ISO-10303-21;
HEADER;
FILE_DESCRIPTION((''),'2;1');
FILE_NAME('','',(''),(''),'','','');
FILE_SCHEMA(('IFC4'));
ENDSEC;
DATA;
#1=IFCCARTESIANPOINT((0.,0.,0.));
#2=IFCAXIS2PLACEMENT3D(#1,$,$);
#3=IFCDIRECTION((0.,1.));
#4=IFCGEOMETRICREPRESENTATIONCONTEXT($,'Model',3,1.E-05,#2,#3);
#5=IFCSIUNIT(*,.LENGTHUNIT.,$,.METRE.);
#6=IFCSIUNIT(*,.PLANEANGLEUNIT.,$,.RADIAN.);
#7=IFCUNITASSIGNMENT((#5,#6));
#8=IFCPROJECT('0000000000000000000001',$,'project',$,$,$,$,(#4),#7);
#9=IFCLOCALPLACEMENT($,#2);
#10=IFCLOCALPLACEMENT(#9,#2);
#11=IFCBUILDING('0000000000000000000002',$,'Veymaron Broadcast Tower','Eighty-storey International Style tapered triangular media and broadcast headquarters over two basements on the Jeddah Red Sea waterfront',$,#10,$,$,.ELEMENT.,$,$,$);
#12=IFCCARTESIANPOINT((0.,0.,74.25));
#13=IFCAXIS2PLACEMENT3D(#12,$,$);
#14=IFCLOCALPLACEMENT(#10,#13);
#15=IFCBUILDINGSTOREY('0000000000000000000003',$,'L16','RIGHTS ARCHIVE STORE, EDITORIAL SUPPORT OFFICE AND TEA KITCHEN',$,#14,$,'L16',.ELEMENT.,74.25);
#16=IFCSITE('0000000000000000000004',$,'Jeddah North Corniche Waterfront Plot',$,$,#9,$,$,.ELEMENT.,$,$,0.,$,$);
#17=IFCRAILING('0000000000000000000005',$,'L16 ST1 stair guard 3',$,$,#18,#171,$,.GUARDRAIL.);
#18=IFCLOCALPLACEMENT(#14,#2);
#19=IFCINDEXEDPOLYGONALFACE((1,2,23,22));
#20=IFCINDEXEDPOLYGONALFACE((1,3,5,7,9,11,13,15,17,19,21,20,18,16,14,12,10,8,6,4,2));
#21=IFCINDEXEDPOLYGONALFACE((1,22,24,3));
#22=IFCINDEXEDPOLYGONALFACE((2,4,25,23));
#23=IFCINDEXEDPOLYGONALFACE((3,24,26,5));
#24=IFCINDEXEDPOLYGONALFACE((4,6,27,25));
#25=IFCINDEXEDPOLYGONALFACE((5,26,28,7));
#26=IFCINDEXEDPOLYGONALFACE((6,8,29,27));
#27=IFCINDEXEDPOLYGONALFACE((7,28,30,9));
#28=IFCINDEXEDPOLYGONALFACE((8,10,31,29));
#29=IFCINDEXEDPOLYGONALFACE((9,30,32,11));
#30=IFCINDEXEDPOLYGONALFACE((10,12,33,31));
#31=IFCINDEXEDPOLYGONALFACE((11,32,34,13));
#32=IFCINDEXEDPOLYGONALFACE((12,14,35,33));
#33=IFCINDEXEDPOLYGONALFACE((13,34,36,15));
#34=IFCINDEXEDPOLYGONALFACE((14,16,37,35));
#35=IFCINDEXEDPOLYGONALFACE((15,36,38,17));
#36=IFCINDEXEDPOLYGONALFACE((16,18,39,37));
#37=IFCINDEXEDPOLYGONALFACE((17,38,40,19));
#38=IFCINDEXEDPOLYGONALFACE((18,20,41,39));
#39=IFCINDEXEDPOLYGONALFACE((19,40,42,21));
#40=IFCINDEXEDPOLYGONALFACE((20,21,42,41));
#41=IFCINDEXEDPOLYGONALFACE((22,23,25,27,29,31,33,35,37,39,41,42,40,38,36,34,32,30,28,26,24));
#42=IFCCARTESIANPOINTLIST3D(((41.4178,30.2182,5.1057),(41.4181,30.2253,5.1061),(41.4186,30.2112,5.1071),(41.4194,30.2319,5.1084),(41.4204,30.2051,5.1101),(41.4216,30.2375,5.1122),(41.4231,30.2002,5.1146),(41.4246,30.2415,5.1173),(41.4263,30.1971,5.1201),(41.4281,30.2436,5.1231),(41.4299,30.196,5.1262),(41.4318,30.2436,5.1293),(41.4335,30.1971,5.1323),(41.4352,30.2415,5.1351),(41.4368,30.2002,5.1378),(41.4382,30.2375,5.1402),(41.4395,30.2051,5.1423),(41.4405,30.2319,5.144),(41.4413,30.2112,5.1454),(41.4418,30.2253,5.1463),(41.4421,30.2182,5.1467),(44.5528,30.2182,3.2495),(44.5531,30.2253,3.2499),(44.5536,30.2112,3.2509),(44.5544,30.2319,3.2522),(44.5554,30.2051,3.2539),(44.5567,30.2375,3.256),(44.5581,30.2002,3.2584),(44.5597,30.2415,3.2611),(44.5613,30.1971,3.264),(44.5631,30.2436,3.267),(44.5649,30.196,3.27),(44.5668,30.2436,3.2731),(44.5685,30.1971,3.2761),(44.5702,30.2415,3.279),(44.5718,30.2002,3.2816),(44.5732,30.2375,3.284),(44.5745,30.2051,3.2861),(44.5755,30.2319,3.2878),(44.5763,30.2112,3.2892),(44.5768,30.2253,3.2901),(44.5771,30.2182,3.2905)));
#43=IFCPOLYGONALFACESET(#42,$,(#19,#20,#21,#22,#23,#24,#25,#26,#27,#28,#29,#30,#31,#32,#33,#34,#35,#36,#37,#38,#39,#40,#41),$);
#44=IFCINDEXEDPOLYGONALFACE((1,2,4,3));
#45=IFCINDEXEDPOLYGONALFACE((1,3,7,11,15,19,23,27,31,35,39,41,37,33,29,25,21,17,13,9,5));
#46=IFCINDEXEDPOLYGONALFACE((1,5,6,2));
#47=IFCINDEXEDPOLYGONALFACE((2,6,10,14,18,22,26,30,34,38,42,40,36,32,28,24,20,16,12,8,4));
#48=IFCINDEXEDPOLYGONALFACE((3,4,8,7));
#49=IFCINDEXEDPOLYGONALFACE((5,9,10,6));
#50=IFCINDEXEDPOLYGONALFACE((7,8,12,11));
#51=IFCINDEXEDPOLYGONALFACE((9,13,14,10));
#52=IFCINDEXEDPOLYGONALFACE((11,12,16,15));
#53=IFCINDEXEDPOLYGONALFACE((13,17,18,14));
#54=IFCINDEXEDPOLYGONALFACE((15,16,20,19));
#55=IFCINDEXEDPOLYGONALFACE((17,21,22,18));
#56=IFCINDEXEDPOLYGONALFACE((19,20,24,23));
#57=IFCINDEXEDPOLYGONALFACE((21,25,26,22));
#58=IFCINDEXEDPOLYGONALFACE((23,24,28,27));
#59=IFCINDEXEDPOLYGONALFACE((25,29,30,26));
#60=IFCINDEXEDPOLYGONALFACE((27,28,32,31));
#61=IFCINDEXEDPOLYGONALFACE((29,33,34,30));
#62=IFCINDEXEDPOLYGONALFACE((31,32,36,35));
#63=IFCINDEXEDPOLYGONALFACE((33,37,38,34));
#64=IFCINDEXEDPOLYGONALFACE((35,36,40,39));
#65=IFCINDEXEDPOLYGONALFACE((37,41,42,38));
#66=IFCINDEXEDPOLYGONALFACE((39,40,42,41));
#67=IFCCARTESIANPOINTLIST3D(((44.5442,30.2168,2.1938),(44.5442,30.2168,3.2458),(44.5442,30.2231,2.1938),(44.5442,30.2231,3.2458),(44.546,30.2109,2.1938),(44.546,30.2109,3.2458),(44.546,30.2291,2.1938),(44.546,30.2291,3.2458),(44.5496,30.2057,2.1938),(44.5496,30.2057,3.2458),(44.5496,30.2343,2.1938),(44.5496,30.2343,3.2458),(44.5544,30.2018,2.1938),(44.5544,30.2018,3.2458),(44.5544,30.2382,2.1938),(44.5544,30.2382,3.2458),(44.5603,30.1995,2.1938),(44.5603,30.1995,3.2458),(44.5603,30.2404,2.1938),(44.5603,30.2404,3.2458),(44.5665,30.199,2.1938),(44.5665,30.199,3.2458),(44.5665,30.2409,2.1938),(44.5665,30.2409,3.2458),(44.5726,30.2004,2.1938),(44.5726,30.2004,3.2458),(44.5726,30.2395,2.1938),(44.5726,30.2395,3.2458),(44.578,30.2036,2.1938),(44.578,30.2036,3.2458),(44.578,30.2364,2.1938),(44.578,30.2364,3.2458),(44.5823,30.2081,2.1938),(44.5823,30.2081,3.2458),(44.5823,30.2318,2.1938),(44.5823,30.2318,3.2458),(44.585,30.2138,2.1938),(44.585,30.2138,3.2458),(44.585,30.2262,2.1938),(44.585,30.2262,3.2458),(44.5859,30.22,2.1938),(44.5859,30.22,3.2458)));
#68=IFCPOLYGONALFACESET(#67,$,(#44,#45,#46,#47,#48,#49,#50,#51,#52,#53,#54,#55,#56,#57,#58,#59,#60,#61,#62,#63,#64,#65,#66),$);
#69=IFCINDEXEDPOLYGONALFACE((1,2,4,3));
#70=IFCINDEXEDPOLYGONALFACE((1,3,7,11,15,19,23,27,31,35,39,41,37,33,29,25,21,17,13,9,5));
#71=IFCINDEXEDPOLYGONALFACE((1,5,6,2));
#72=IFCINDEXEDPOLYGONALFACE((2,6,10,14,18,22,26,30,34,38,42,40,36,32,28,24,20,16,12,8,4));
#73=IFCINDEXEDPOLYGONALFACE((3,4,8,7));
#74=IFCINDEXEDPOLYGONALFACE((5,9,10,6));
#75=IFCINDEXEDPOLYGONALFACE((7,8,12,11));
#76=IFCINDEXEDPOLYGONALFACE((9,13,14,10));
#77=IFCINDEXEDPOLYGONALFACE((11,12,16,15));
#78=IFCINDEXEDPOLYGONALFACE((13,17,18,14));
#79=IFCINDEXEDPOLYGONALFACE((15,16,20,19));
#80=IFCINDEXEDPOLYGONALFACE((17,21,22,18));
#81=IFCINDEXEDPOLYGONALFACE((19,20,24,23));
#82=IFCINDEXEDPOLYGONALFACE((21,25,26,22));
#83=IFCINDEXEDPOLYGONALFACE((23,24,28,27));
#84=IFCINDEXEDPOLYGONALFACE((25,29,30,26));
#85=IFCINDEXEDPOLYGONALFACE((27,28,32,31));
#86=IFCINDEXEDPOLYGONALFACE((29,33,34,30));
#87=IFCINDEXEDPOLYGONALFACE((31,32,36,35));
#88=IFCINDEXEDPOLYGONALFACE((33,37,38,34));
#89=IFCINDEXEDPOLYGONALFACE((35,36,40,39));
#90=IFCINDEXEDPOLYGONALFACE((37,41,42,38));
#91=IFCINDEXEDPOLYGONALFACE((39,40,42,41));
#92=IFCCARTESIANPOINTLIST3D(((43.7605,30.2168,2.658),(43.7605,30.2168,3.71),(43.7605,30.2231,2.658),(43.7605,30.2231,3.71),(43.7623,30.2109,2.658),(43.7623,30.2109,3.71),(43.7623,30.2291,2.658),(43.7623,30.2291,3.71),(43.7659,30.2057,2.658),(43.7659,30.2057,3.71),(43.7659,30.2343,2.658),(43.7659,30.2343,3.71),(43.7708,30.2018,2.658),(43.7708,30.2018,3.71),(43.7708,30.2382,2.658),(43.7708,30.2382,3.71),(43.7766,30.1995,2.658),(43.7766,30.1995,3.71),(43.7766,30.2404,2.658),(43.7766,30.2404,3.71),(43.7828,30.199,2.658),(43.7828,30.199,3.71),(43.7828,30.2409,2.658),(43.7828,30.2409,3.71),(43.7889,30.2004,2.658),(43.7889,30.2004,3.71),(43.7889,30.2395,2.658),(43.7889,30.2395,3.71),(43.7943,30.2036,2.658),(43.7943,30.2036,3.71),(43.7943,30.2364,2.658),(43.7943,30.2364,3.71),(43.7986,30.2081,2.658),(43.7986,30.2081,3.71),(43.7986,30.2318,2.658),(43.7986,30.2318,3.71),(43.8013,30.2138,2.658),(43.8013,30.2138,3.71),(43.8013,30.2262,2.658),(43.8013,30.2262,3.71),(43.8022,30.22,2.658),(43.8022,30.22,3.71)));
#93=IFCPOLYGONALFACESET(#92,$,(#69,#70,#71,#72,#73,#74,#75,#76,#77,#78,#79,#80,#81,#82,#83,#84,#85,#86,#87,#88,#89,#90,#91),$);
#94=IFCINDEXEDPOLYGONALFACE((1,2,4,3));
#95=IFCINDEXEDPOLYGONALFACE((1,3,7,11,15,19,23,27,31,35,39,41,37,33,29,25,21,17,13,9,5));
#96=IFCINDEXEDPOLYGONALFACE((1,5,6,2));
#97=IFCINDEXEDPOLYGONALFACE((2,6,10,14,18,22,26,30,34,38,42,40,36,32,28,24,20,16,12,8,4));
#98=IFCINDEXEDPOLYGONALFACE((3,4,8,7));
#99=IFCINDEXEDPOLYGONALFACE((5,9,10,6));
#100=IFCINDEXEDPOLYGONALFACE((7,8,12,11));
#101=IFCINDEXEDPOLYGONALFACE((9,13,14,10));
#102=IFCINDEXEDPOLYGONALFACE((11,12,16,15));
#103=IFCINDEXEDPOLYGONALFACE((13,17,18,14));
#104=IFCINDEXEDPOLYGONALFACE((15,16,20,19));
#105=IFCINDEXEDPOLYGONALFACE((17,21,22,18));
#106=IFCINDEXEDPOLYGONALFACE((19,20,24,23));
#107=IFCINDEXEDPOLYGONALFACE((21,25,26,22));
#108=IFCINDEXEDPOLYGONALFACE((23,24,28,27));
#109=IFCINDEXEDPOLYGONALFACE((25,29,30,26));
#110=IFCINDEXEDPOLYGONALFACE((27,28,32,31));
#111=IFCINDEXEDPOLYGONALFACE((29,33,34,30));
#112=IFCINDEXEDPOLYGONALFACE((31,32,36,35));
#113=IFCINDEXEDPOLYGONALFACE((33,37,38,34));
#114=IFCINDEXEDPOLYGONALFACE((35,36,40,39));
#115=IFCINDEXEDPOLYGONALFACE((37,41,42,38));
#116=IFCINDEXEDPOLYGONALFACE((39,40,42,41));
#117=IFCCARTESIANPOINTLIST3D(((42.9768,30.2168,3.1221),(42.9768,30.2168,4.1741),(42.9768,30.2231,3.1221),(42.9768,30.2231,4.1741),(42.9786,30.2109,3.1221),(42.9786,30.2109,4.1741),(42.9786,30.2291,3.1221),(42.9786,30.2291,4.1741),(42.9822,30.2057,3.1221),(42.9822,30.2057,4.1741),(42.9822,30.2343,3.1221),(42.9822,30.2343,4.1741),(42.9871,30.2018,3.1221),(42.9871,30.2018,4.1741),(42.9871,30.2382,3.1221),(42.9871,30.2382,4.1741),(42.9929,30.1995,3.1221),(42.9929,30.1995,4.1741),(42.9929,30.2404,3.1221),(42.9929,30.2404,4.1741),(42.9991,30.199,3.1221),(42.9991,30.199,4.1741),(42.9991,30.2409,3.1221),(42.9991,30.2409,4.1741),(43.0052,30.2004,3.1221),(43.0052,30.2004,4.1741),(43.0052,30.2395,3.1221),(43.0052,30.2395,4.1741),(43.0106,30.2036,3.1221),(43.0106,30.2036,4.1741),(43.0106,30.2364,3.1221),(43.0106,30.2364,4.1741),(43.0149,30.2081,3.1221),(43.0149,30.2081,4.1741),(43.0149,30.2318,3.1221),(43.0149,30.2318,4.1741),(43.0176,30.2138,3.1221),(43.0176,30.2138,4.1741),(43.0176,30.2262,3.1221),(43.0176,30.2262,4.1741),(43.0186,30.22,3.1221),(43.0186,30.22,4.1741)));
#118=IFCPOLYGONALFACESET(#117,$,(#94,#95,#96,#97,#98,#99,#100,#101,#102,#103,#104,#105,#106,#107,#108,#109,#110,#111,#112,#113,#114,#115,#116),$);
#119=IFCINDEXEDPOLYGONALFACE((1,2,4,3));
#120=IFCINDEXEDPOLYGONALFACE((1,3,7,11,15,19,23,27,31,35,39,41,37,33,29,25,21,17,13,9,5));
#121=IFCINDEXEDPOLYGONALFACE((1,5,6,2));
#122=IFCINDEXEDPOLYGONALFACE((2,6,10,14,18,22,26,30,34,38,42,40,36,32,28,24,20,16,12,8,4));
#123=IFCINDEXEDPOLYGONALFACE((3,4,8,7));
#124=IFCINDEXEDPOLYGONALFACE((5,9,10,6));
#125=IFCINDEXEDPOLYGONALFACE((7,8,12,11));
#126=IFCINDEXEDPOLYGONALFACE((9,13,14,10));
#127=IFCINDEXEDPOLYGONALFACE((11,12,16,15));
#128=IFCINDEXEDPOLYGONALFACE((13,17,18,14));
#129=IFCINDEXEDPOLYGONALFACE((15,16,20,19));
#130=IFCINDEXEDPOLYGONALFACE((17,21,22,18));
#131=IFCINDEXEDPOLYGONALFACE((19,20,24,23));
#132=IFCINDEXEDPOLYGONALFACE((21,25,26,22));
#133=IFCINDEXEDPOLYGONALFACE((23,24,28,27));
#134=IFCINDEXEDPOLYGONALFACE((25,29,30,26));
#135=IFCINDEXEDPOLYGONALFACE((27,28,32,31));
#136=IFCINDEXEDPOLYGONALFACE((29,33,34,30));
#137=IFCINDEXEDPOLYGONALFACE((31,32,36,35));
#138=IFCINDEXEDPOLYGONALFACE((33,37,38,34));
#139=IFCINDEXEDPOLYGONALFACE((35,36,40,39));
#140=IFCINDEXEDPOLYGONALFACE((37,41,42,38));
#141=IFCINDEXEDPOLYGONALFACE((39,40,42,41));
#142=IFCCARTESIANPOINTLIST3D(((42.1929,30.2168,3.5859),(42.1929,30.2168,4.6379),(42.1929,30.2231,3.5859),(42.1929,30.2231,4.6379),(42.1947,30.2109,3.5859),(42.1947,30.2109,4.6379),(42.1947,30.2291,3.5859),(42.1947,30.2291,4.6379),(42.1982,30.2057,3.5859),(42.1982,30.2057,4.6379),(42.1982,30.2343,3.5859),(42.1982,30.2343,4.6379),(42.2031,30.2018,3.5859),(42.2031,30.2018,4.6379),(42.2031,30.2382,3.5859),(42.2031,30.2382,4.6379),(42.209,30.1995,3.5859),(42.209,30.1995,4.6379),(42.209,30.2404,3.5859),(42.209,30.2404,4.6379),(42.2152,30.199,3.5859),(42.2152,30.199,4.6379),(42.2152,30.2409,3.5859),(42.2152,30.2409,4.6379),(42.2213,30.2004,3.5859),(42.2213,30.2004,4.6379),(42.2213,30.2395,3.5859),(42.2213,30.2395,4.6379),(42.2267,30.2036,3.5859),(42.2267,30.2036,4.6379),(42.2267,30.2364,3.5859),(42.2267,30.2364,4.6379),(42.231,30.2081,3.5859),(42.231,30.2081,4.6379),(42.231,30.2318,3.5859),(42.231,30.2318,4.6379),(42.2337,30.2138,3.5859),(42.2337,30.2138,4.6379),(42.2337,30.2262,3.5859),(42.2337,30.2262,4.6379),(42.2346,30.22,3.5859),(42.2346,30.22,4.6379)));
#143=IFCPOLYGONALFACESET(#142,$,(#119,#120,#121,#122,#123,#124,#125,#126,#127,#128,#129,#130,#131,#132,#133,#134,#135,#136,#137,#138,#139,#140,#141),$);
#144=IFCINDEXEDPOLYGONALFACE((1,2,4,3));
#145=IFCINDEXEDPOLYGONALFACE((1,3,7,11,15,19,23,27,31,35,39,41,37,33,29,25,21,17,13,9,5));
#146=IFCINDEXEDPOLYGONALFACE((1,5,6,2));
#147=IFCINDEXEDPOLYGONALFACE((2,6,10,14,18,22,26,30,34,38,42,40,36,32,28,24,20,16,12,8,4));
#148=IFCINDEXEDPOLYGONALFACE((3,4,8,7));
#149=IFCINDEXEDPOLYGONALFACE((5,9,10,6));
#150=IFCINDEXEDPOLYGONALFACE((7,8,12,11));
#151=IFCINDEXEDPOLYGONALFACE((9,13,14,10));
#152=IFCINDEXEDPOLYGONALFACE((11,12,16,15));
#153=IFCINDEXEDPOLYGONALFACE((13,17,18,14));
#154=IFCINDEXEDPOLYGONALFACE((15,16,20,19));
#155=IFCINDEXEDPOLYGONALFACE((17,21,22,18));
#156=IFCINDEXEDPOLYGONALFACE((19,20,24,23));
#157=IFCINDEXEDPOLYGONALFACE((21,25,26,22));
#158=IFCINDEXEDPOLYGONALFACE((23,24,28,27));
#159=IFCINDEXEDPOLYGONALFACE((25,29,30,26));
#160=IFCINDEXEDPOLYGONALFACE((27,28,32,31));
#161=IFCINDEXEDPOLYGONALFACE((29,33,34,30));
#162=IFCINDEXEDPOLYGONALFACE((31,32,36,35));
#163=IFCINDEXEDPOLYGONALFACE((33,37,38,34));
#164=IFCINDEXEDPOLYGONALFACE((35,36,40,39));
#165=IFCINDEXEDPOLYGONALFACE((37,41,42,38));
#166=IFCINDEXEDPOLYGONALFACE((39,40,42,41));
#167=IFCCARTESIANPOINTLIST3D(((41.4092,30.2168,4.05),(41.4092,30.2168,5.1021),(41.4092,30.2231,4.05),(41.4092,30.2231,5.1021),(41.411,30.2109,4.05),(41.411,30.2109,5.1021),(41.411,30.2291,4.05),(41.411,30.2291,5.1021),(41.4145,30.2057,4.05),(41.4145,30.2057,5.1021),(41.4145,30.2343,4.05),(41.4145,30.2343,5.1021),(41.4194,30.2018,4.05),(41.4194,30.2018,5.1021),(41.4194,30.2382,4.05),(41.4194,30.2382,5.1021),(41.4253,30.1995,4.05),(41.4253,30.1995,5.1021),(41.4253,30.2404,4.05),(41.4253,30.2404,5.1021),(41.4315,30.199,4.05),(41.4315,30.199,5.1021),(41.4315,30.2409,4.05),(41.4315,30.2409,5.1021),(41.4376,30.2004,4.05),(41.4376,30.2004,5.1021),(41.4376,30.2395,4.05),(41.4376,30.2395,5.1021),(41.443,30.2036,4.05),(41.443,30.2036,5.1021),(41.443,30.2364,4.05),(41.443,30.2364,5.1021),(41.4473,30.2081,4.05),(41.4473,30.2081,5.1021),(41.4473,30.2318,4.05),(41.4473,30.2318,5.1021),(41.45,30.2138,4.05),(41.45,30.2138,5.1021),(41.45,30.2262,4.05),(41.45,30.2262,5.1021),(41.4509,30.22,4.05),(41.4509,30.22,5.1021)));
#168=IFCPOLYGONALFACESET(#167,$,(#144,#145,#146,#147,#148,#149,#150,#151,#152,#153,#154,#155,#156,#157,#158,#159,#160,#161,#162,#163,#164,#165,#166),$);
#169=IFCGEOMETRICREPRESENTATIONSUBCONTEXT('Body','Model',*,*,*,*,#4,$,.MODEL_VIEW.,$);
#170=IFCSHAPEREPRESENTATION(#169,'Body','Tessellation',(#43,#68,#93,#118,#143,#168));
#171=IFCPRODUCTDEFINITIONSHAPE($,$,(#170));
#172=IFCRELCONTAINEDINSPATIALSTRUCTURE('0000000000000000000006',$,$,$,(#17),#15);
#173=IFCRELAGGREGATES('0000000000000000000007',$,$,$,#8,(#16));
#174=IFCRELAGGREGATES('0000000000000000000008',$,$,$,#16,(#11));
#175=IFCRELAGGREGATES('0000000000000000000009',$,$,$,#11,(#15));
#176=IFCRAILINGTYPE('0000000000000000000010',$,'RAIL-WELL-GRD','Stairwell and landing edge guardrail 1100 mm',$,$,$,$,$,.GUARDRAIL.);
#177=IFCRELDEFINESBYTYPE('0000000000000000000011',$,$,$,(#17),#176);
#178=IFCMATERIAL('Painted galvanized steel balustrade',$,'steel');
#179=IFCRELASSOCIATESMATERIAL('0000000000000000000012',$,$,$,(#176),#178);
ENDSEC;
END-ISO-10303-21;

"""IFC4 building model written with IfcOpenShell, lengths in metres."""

from ifc_helpers import new_model, si_unit, direction, frame, origin, origin_2d, place, context, subcontext, project, spatial, circle, extrude, material, type_object, element, save


model = new_model("IFC4")

# Units and contexts
model_context = context("Model", 3, precision=1e-05, world=origin(), true_north=direction((0.0, 1.0)))
body_context = subcontext(model_context, "Body", "Model", "MODEL_VIEW")
ifc_project = project(units=[si_unit("LENGTHUNIT", "METRE"), si_unit("PLANEANGLEUNIT", "RADIAN")], contexts=[model_context])

# Site, building, storey
site_placement = place(None, origin())
site = spatial("IfcSite", under=ifc_project, at=site_placement, Name="Jeddah North Corniche Waterfront Plot", CompositionType="ELEMENT", RefElevation=0.0)
building_placement = place(site_placement, origin())
building = spatial("IfcBuilding", under=site, at=building_placement, Name="Veymaron Broadcast Tower", Description="Eighty-storey International Style tapered triangular media and broadcast headquarters over two basements on the Jeddah Red Sea waterfront", CompositionType="ELEMENT")
storey_placement = place(building_placement, frame((0.0, 0.0, 74.25)))
storey = spatial("IfcBuildingStorey", under=building, at=storey_placement, Name="L16", Description="RIGHTS ARCHIVE STORE, EDITORIAL SUPPORT OFFICE AND TEA KITCHEN", LongName="L16", CompositionType="ELEMENT", Elevation=74.25)

# Railing
ifc_material_1 = material(Name="Painted galvanized steel balustrade", Category="steel")
railing_type_1 = type_object("IfcRailingType", Name="RAIL-WELL-GRD", Description="Stairwell and landing edge guardrail 1100 mm", PredefinedType="GUARDRAIL", material=ifc_material_1)
railing_1_placement = place(storey_placement, frame((44.5649, 30.22, 2.1938)))
element("IfcRailing", 1, at=railing_1_placement, inside=storey, type_object=railing_type_1, Name="L16 ST1 stair guard 3", PredefinedType="GUARDRAIL", context=body_context, shape_type="SweptSolid", body=[
    extrude(circle(Radius=0.0239, at=origin_2d()), frame((0.0, 0.0, 1.0762), z_axis=(-0.860482, 0.0, 0.509481), x_axis=(0.0, -1.0, 0.0)), (0.0, 0.0, 1.0), 3.6433),
    extrude(circle(Radius=0.021, at=origin_2d()), origin(), (0.0, 0.0, 1.0), 1.052),
    extrude(circle(Radius=0.021, at=origin_2d()), frame((-0.7837, 0.0, 0.4641)), (0.0, 0.0, 1.0), 1.052),
    extrude(circle(Radius=0.021, at=origin_2d()), frame((-1.5674, 0.0, 0.9282)), (0.0, 0.0, 1.0), 1.052),
    extrude(circle(Radius=0.021, at=origin_2d()), frame((-2.3513, 0.0, 1.3921)), (0.0, 0.0, 1.0), 1.052),
    extrude(circle(Radius=0.021, at=origin_2d()), frame((-3.135, 0.0, 1.8562)), (0.0, 0.0, 1.0), 1.052),
])

save(model, "model.ifc")
